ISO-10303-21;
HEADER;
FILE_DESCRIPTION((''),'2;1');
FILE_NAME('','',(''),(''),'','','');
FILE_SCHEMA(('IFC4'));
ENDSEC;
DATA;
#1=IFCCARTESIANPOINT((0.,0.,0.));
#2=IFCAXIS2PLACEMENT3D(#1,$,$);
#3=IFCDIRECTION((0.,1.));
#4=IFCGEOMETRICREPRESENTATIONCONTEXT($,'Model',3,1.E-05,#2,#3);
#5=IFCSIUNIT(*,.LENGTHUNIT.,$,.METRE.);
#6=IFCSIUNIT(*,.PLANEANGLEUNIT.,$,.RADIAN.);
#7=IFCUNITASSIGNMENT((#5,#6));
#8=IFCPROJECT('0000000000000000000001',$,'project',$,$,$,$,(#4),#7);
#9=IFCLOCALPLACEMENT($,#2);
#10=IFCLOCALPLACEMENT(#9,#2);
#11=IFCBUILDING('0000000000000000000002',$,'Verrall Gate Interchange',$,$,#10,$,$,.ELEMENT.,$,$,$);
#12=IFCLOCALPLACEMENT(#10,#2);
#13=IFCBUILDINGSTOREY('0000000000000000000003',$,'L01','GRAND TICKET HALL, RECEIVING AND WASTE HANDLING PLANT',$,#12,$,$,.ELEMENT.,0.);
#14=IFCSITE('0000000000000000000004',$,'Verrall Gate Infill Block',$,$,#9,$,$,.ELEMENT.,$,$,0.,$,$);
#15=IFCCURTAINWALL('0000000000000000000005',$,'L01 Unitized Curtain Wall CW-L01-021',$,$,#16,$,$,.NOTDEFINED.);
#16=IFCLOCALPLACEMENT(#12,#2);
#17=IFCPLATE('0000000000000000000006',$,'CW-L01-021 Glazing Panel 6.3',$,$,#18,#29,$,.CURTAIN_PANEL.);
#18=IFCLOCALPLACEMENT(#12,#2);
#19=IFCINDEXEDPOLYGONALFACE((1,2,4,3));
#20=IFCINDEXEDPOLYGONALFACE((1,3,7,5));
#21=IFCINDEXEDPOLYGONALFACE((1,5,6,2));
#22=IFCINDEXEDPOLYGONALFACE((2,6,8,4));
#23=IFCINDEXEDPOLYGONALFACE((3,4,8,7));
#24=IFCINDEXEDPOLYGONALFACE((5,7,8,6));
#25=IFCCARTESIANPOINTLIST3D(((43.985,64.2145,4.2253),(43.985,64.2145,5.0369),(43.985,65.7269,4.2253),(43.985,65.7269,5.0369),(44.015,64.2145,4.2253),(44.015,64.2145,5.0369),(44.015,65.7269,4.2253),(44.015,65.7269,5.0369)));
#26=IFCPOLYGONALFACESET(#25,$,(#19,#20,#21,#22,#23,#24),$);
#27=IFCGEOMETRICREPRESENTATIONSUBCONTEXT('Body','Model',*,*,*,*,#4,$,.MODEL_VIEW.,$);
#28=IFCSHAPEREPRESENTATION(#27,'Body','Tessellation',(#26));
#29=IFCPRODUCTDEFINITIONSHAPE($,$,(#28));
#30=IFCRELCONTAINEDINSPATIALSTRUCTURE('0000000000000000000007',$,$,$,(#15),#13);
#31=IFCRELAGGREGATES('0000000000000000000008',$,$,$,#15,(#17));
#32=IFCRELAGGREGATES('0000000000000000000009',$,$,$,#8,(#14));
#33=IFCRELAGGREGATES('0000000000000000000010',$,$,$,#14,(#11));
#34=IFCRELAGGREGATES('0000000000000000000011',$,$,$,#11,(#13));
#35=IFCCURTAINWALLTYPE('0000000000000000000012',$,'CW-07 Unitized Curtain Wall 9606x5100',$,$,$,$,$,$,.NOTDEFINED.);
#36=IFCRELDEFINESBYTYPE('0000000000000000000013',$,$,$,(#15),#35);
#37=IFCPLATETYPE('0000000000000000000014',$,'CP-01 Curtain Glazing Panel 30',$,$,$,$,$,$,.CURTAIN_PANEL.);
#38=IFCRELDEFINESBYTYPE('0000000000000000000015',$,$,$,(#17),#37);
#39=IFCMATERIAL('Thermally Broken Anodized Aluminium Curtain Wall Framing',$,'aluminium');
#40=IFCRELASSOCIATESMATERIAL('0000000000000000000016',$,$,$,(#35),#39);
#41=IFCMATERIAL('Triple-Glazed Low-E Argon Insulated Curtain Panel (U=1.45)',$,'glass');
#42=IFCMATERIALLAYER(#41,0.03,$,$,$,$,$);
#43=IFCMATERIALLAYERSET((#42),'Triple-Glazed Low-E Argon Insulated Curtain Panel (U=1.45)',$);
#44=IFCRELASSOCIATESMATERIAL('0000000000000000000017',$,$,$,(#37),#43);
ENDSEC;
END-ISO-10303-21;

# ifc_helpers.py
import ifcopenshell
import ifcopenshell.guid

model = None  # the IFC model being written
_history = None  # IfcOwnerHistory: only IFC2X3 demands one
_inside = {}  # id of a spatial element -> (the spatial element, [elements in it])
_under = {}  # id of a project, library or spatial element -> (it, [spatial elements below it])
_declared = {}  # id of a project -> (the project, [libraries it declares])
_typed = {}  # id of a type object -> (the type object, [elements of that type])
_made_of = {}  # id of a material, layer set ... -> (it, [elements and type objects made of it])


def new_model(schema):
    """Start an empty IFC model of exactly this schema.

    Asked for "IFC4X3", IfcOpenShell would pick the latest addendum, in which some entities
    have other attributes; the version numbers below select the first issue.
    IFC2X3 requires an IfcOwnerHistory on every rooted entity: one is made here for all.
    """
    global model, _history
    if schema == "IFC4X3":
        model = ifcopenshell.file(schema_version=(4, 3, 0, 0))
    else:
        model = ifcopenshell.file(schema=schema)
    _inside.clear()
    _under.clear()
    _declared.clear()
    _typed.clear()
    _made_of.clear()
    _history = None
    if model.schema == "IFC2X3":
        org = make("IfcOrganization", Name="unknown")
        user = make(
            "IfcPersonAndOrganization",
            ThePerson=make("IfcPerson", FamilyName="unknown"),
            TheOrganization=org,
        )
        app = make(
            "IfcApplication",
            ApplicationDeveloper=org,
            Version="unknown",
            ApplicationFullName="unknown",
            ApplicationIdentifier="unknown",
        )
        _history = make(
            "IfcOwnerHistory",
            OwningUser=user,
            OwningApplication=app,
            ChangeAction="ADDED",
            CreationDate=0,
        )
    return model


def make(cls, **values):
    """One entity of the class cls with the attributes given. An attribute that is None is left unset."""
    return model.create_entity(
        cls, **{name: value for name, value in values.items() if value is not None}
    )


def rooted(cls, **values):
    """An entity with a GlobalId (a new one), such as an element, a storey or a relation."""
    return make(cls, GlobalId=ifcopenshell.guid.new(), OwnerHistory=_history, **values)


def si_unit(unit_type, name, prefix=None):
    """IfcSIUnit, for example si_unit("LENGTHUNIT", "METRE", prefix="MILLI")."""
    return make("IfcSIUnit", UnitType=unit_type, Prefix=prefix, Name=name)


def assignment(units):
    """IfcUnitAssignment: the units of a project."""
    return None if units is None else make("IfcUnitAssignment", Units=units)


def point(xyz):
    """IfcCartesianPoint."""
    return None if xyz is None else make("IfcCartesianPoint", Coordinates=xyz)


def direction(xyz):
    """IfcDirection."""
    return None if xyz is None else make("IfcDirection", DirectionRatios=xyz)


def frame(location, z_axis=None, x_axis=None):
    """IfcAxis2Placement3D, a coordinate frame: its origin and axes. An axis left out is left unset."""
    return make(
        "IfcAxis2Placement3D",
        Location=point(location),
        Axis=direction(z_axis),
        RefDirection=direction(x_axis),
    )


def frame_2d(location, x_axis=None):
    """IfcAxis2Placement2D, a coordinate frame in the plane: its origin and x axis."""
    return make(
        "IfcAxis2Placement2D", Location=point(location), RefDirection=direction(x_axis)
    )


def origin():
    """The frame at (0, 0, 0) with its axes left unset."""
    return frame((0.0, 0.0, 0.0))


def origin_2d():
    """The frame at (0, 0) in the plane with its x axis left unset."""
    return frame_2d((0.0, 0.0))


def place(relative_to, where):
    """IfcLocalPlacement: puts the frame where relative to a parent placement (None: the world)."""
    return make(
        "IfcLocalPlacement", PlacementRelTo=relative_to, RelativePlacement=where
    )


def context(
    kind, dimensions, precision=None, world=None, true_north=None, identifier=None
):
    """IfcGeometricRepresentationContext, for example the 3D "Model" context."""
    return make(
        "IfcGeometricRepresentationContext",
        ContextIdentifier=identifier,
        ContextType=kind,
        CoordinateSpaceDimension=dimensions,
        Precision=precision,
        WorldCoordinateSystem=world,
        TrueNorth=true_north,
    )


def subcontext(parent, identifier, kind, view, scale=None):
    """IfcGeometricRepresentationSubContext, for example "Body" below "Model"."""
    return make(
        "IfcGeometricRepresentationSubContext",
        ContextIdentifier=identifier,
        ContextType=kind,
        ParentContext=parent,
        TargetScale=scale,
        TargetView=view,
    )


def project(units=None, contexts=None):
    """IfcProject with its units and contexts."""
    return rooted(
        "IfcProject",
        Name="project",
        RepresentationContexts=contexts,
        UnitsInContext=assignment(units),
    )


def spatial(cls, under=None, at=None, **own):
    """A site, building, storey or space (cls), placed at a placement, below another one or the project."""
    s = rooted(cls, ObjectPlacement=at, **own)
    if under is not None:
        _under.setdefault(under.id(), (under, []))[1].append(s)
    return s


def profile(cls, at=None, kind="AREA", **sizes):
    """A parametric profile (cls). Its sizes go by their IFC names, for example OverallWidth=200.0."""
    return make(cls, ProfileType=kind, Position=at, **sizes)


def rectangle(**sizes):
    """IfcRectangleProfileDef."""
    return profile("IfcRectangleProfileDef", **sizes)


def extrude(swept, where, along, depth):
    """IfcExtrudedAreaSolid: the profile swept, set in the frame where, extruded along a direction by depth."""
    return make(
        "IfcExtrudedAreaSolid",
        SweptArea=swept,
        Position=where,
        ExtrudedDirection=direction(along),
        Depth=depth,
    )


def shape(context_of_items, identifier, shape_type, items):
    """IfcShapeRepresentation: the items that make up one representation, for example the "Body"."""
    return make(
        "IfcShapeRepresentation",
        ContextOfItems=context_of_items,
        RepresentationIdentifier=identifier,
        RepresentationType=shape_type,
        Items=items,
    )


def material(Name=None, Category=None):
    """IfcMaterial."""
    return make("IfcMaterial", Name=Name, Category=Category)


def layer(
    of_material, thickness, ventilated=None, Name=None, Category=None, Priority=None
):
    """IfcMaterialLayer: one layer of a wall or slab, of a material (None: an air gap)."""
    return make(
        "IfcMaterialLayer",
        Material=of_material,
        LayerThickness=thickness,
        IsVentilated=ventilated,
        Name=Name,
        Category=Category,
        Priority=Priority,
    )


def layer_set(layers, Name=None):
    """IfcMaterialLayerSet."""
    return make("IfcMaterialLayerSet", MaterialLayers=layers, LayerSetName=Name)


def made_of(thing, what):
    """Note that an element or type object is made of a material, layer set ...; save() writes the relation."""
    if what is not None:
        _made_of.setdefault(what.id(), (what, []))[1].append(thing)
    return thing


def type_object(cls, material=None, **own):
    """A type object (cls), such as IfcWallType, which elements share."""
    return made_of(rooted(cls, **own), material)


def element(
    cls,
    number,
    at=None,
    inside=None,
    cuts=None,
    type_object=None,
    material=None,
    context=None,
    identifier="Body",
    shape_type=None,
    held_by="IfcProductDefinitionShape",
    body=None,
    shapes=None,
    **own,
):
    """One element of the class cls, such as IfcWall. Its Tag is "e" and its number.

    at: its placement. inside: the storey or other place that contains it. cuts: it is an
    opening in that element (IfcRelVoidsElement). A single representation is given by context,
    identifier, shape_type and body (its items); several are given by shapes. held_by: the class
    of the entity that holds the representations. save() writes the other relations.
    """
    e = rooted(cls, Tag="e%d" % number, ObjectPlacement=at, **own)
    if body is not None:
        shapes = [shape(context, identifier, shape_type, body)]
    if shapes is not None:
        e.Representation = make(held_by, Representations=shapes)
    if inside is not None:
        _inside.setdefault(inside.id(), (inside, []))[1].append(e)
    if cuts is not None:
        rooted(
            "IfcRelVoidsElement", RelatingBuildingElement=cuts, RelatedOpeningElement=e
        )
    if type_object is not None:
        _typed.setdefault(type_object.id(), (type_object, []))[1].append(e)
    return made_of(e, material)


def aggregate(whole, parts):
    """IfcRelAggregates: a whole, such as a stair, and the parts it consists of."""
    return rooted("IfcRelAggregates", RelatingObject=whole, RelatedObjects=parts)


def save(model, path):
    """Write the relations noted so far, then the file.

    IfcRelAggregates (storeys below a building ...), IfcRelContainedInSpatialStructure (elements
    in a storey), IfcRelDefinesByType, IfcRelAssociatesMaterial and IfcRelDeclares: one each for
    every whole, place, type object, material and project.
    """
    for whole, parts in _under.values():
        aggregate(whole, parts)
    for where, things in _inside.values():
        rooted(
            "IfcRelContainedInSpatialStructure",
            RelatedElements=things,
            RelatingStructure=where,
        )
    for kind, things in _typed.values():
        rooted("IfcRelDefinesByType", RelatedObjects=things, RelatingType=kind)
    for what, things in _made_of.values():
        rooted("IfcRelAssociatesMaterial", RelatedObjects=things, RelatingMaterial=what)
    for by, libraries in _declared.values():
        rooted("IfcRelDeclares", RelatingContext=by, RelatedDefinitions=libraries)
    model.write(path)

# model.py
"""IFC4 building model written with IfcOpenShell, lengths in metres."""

from ifc_helpers import new_model, si_unit, direction, frame, origin, origin_2d, place, context, subcontext, project, spatial, rectangle, extrude, material, layer, layer_set, type_object, element, aggregate, save


model = new_model("IFC4")

# Units and contexts
model_context = context("Model", 3, precision=1e-05, world=origin(), true_north=direction((0.0, 1.0)))
body_context = subcontext(model_context, "Body", "Model", "MODEL_VIEW")
ifc_project = project(units=[si_unit("LENGTHUNIT", "METRE"), si_unit("PLANEANGLEUNIT", "RADIAN")], contexts=[model_context])

# Site, building, storey
site_placement = place(None, origin())
site = spatial("IfcSite", under=ifc_project, at=site_placement, Name="Verrall Gate Infill Block", CompositionType="ELEMENT", RefElevation=0.0)
building_placement = place(site_placement, origin())
building = spatial("IfcBuilding", under=site, at=building_placement, Name="Verrall Gate Interchange", CompositionType="ELEMENT")
storey_placement = place(building_placement, origin())
storey = spatial("IfcBuildingStorey", under=building, at=storey_placement, Name="L01", Description="GRAND TICKET HALL, RECEIVING AND WASTE HANDLING PLANT", CompositionType="ELEMENT", Elevation=0.0)

# Curtain wall
ifc_material_1 = material(Name="Thermally Broken Anodized Aluminium Curtain Wall Framing", Category="aluminium")
curtain_wall_type_1 = type_object("IfcCurtainWallType", Name="CW-07 Unitized Curtain Wall 9606x5100", PredefinedType="NOTDEFINED", material=ifc_material_1)
curtain_wall_1_placement = place(storey_placement, origin())
curtain_wall_1 = element("IfcCurtainWall", 1, at=curtain_wall_1_placement, inside=storey, type_object=curtain_wall_type_1, Name="L01 Unitized Curtain Wall CW-L01-021", PredefinedType="NOTDEFINED")

# Plate
ifc_material_2 = material(Name="Triple-Glazed Low-E Argon Insulated Curtain Panel (U=1.45)", Category="glass")
ifc_layer_1 = layer(ifc_material_2, 0.03)
ifc_layer_set_1 = layer_set([ifc_layer_1], Name="Triple-Glazed Low-E Argon Insulated Curtain Panel (U=1.45)")
plate_type_1 = type_object("IfcPlateType", Name="CP-01 Curtain Glazing Panel 30", PredefinedType="CURTAIN_PANEL", material=ifc_layer_set_1)
plate_1_placement = place(storey_placement, frame((44.0, 64.9707, 4.2253), z_axis=(0.0, 0.0, 1.0), x_axis=(0.0, 1.0, 0.0)))
plate_1 = element("IfcPlate", 2, at=plate_1_placement, type_object=plate_type_1, Name="CW-L01-021 Glazing Panel 6.3", PredefinedType="CURTAIN_PANEL", context=body_context, shape_type="SweptSolid", body=[
    extrude(rectangle(XDim=1.5125, YDim=0.03, at=origin_2d()), origin(), (0.0, 0.0, 1.0), 0.8115),
])
aggregate(curtain_wall_1, [plate_1])

save(model, "model.ifc")
